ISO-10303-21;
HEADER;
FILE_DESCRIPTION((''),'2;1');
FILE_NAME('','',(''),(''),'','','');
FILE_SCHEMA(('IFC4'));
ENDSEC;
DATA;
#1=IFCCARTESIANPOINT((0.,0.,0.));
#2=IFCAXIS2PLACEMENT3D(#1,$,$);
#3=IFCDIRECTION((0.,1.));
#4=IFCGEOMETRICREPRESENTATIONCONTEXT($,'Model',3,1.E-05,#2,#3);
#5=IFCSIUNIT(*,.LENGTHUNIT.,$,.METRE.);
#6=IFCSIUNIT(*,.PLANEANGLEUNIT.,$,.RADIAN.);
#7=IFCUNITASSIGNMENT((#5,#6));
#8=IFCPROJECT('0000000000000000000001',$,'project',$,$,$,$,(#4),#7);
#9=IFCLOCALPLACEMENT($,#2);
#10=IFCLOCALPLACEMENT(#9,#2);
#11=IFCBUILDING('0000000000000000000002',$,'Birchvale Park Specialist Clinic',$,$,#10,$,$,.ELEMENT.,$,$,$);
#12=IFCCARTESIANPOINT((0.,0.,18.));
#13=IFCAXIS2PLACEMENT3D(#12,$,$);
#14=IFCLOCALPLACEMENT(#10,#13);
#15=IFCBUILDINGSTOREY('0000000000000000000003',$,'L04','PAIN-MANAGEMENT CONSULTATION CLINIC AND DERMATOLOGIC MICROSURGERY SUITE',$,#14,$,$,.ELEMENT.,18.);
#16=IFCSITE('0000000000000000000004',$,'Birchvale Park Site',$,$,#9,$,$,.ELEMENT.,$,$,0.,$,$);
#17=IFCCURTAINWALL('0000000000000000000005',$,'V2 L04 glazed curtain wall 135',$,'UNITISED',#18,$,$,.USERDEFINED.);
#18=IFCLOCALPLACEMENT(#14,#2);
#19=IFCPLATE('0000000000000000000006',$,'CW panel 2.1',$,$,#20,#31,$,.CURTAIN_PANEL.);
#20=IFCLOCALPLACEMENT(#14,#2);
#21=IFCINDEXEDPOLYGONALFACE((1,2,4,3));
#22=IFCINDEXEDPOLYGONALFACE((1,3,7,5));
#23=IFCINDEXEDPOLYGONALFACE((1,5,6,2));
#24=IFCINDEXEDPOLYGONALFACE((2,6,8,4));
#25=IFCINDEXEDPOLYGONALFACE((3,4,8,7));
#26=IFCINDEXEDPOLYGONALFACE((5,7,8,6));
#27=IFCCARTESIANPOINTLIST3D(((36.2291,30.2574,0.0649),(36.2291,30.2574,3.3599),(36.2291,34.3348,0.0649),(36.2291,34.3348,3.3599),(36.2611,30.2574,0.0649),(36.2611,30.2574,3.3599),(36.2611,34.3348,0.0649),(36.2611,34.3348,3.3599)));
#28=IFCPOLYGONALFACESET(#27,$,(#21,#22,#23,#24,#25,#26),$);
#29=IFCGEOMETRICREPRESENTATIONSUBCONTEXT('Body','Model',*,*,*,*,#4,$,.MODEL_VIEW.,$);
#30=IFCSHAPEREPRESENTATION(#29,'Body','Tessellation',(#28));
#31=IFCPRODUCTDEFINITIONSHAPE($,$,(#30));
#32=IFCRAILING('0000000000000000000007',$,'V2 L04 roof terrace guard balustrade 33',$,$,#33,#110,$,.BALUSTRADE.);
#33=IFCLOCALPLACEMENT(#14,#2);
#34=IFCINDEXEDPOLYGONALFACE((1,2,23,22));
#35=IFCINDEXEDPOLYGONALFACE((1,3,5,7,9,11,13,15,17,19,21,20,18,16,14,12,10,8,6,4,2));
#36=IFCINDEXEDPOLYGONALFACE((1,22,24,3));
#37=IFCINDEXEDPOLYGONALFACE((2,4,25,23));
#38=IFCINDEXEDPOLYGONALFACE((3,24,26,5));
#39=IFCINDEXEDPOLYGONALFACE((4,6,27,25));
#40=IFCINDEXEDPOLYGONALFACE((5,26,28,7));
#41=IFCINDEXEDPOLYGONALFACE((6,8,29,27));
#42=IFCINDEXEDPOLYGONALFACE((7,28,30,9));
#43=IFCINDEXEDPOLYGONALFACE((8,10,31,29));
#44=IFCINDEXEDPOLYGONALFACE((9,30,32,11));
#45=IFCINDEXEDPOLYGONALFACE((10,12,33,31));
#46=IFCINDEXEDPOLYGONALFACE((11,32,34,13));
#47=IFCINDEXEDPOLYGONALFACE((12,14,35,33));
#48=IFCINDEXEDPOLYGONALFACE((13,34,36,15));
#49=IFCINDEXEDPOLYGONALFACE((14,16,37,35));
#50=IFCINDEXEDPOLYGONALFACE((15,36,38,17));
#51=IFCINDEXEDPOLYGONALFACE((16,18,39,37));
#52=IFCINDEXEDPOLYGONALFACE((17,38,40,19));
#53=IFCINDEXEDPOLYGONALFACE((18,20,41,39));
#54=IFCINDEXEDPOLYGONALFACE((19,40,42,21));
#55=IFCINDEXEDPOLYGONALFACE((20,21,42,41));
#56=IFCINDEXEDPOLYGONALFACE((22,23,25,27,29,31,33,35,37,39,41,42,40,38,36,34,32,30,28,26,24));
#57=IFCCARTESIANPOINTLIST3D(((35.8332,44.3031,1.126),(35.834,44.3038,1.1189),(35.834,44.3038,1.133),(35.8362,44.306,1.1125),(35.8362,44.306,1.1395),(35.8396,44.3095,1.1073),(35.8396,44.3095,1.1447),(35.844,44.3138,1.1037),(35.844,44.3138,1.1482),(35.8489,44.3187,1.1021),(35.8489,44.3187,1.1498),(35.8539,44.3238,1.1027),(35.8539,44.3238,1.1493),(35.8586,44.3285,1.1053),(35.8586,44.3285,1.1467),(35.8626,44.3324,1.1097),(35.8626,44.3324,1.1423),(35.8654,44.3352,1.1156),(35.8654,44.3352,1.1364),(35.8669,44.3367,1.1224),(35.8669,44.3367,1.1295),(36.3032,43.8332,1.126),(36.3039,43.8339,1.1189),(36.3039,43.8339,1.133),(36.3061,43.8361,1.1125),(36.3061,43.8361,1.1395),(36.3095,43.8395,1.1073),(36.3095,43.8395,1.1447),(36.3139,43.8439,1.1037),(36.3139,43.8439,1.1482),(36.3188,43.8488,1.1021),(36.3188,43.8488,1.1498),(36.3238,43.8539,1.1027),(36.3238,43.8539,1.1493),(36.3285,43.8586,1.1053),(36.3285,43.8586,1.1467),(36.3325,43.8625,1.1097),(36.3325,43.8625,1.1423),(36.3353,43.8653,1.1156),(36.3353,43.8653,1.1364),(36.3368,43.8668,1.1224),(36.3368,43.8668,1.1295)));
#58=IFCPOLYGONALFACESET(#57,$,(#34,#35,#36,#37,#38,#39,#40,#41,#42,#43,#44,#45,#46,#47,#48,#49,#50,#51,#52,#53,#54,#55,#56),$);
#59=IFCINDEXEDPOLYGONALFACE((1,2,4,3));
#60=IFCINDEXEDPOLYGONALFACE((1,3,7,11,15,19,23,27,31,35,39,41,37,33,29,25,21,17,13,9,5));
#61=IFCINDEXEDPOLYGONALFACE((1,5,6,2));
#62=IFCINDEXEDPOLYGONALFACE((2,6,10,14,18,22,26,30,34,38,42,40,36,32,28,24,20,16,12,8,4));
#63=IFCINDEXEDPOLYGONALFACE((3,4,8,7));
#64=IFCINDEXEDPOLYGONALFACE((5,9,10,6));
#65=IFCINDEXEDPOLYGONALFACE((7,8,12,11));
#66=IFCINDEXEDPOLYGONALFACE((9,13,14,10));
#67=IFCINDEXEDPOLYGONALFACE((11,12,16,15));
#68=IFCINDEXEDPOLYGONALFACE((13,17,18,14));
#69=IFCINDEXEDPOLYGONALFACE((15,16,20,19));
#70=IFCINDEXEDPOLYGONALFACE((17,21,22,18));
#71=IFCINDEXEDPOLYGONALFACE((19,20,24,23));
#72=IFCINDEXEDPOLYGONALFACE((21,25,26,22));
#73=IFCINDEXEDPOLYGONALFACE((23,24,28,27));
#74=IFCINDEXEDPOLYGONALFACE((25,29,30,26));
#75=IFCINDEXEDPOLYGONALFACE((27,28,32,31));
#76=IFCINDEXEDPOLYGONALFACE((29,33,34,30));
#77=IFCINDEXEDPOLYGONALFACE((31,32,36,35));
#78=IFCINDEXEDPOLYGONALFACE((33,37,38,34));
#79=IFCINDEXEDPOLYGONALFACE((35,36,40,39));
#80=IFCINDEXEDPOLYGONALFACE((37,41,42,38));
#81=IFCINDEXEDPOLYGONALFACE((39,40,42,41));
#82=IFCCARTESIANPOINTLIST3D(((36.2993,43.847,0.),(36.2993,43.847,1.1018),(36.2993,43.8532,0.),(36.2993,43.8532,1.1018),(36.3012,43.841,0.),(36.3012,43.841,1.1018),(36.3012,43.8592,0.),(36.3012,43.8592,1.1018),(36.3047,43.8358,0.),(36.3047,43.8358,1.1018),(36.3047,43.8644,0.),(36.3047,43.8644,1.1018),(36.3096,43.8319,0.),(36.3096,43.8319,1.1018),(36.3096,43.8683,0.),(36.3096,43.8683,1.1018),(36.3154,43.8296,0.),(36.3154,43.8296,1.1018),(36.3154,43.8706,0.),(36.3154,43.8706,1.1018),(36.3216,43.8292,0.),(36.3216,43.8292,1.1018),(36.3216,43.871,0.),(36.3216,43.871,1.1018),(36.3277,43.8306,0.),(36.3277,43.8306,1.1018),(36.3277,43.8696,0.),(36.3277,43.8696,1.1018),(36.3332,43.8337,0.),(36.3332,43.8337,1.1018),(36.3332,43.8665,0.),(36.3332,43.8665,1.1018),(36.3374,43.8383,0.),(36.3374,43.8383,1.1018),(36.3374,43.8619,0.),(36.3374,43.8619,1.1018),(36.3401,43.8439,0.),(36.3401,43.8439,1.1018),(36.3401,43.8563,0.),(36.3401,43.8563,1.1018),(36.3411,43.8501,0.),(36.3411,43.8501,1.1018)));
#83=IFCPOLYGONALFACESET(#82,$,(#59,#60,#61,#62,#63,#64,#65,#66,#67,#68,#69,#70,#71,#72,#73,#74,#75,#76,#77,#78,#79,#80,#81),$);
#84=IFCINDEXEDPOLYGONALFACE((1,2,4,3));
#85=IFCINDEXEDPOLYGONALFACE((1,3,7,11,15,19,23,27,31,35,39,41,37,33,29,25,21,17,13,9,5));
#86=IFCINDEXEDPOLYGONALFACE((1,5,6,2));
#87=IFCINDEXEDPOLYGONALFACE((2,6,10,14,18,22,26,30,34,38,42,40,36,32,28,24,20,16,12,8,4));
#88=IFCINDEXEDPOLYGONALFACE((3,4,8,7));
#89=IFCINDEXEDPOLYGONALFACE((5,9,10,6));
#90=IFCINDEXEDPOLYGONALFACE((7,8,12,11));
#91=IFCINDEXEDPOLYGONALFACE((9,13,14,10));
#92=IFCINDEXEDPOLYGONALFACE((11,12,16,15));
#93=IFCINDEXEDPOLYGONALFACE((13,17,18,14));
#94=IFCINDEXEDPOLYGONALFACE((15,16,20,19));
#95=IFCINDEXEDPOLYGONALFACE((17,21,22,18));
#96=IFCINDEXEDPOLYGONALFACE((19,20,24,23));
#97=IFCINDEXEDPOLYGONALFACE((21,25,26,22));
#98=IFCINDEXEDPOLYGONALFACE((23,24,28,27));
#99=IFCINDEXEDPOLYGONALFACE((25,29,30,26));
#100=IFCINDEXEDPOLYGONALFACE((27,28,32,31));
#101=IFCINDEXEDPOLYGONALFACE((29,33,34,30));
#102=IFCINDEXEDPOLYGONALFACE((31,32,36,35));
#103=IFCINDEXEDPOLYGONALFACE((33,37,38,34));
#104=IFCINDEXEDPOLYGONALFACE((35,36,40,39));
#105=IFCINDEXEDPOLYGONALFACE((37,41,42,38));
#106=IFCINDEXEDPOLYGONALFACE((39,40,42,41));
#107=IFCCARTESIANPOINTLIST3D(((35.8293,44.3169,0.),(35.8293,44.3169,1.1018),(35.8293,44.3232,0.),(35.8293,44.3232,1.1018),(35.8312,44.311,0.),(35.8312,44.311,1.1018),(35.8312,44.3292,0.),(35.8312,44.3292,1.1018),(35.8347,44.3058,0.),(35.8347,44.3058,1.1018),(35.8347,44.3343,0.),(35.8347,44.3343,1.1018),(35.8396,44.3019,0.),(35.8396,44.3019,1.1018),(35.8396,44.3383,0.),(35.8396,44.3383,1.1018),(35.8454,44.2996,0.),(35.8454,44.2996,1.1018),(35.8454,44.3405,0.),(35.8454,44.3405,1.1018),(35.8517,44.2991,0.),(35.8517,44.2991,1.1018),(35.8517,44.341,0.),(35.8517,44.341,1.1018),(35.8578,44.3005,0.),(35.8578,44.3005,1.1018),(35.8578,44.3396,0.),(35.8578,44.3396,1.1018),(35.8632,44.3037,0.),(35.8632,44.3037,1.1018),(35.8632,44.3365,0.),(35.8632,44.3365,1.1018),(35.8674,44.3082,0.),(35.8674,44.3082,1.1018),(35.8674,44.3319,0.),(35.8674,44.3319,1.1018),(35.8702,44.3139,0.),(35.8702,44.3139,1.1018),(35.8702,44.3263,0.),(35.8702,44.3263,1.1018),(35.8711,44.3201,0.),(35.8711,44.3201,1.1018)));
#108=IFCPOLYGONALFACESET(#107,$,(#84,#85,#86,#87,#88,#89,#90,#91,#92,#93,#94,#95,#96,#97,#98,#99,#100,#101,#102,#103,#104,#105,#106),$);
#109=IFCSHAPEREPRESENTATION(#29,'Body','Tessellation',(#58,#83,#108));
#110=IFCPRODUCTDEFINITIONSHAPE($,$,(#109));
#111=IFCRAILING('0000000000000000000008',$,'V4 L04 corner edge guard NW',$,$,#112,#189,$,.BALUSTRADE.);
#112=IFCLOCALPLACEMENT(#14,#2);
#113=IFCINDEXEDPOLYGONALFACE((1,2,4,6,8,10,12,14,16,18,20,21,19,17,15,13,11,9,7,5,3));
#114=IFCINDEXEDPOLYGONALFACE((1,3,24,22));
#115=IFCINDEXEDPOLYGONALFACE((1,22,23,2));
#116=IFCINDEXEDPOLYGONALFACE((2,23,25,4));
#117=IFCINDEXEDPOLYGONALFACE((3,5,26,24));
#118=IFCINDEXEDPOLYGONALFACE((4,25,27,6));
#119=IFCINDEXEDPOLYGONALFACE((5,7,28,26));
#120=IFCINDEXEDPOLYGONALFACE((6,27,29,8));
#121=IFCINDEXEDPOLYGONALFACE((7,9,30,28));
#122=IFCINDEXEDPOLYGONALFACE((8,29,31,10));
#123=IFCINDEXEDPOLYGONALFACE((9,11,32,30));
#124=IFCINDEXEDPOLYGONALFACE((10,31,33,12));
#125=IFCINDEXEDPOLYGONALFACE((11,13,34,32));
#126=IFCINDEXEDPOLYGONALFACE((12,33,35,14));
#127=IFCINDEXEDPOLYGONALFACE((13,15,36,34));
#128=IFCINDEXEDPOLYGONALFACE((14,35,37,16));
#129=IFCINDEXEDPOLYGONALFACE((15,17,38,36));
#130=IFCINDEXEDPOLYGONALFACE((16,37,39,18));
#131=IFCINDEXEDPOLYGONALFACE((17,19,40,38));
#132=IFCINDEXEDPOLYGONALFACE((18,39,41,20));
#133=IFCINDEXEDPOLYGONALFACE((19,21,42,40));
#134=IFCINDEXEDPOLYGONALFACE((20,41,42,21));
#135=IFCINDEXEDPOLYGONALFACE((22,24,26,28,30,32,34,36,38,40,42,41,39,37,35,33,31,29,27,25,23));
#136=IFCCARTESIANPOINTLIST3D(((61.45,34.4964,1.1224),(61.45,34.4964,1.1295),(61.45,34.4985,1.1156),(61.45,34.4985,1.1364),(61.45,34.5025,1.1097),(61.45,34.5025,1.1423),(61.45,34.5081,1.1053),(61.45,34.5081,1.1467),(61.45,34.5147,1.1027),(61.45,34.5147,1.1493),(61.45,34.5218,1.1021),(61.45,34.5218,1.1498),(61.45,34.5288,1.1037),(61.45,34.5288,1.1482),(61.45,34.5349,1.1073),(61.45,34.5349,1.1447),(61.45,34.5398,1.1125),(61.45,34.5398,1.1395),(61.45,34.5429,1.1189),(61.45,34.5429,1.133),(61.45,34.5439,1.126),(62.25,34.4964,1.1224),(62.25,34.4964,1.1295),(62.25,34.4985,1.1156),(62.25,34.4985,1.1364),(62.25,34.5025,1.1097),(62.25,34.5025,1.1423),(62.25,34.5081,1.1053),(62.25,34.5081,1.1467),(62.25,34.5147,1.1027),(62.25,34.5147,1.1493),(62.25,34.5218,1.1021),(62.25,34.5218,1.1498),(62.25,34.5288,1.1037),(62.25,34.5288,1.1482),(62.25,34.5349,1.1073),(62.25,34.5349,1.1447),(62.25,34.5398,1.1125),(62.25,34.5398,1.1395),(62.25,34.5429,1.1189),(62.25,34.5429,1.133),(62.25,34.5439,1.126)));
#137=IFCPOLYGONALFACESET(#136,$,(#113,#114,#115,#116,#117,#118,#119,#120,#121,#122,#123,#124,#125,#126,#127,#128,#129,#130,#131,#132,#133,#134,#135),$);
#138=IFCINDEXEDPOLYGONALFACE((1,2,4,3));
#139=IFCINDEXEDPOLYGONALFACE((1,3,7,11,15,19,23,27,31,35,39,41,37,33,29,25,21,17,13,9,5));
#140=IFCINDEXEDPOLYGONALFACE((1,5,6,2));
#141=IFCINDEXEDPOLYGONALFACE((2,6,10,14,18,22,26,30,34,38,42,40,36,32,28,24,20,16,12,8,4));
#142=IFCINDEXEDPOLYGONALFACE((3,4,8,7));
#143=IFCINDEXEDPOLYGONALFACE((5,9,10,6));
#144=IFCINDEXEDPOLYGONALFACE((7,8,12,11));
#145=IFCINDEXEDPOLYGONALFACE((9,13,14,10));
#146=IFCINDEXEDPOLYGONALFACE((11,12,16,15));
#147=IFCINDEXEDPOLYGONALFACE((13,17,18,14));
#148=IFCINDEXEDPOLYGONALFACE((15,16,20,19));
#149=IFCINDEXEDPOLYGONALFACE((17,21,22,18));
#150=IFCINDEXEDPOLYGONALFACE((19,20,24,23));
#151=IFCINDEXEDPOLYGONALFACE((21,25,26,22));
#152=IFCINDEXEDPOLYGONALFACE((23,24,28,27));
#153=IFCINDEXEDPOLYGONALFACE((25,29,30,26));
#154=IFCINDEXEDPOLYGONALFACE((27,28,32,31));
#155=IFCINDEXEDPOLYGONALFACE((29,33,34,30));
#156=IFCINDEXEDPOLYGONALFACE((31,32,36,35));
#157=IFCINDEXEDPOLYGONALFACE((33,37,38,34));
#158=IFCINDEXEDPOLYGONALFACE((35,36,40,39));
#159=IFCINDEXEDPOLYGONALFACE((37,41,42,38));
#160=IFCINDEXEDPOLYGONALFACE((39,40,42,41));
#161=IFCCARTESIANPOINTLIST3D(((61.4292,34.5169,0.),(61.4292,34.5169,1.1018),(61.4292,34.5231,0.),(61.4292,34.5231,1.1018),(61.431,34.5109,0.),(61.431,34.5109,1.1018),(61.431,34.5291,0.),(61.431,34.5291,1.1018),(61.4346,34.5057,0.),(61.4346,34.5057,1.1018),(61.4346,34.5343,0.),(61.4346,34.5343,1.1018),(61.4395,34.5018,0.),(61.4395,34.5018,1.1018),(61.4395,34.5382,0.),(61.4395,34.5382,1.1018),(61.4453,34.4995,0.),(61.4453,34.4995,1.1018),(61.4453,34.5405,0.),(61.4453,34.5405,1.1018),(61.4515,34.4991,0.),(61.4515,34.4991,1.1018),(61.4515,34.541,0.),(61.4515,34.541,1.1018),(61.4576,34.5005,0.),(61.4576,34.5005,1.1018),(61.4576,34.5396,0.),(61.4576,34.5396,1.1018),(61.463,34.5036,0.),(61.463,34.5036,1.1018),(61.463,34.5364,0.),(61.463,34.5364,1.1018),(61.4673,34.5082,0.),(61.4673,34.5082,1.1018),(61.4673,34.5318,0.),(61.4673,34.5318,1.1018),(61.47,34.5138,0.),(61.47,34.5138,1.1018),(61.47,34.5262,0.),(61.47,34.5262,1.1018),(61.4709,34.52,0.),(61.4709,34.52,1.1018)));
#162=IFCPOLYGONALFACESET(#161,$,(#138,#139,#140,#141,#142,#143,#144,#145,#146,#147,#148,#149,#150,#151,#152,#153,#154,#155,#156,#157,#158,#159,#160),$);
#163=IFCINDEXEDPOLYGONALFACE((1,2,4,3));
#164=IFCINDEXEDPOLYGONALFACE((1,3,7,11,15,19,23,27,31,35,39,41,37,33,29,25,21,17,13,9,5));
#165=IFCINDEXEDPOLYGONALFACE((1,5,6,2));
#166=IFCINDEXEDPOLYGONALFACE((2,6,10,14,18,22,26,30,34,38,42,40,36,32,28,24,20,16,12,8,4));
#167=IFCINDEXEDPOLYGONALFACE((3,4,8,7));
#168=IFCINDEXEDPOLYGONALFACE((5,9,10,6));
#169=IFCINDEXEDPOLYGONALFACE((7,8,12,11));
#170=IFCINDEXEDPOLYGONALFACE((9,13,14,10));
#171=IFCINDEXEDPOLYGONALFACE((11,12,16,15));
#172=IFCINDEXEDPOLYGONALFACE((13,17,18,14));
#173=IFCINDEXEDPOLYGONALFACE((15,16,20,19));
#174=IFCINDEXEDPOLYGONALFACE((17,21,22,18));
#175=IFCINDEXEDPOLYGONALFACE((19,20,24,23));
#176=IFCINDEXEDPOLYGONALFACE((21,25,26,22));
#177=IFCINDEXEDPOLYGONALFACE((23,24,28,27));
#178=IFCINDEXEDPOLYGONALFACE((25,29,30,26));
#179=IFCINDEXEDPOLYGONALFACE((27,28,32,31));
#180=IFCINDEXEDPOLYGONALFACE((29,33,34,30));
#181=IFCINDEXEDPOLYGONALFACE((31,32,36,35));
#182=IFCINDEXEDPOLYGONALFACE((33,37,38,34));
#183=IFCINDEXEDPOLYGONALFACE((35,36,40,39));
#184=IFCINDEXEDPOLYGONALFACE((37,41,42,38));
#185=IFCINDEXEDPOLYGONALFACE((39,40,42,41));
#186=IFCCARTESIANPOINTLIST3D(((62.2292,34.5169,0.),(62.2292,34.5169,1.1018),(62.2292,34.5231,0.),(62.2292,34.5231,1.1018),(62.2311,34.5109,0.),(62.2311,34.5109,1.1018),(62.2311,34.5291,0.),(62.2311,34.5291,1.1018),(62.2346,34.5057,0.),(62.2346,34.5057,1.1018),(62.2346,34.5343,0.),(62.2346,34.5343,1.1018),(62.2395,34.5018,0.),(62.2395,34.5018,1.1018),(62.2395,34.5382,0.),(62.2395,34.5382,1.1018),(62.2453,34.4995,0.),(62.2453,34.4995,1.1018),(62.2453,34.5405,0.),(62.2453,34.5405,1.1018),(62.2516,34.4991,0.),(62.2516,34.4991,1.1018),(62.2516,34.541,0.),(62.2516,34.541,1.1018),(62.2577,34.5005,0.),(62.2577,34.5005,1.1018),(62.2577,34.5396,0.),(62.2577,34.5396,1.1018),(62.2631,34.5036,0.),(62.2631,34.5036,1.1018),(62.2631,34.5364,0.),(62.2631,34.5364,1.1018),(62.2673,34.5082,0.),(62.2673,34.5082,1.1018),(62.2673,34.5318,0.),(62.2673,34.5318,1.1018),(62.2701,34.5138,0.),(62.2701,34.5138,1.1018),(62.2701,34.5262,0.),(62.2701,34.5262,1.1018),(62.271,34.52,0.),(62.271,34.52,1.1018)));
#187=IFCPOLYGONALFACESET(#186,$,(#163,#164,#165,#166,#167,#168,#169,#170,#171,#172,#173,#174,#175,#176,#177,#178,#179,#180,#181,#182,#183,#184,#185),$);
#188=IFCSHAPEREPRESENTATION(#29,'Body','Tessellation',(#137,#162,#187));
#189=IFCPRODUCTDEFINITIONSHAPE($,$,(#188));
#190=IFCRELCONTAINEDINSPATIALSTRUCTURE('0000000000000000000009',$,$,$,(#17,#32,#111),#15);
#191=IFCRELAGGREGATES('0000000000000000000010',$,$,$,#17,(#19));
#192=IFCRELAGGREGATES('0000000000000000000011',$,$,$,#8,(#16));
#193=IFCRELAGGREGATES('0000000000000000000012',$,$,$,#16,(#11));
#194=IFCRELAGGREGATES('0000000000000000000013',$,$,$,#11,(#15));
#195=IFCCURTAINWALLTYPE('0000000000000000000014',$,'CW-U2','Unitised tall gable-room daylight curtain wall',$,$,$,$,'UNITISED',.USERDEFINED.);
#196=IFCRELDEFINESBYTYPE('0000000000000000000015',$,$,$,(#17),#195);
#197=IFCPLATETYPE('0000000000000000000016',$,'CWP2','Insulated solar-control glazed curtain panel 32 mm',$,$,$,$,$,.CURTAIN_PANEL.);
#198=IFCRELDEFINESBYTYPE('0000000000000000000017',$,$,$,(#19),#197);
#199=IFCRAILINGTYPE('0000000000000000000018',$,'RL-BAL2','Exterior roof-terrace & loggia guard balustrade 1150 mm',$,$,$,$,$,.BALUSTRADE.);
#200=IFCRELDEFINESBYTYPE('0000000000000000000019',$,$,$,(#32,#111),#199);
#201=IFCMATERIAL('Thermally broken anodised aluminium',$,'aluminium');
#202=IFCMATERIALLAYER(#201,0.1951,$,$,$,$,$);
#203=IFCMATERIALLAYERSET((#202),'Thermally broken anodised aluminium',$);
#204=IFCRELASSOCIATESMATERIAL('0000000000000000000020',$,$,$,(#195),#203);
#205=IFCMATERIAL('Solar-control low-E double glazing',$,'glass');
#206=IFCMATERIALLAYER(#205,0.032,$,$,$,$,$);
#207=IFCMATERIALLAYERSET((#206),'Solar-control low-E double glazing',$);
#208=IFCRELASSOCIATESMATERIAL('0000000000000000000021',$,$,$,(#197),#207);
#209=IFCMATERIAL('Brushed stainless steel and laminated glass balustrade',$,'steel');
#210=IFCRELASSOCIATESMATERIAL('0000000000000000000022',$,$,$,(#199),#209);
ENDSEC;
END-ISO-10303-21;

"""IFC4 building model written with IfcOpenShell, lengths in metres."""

from ifc_helpers import new_model, si_unit, direction, frame, origin, origin_2d, place, context, subcontext, project, spatial, rectangle, circle, extrude, material, layer, layer_set, type_object, element, aggregate, save


model = new_model("IFC4")

# Units and contexts
model_context = context("Model", 3, precision=1e-05, world=origin(), true_north=direction((0.0, 1.0)))
body_context = subcontext(model_context, "Body", "Model", "MODEL_VIEW")
ifc_project = project(units=[si_unit("LENGTHUNIT", "METRE"), si_unit("PLANEANGLEUNIT", "RADIAN")], contexts=[model_context])

# Site, building, storey
site_placement = place(None, origin())
site = spatial("IfcSite", under=ifc_project, at=site_placement, Name="Birchvale Park Site", CompositionType="ELEMENT", RefElevation=0.0)
building_placement = place(site_placement, origin())
building = spatial("IfcBuilding", under=site, at=building_placement, Name="Birchvale Park Specialist Clinic", CompositionType="ELEMENT")
storey_placement = place(building_placement, frame((0.0, 0.0, 18.0)))
storey = spatial("IfcBuildingStorey", under=building, at=storey_placement, Name="L04", Description="PAIN-MANAGEMENT CONSULTATION CLINIC AND DERMATOLOGIC MICROSURGERY SUITE", CompositionType="ELEMENT", Elevation=18.0)

# Curtain wall
ifc_material_1 = material(Name="Thermally broken anodised aluminium", Category="aluminium")
ifc_layer_1 = layer(ifc_material_1, 0.1951)
ifc_layer_set_1 = layer_set([ifc_layer_1], Name="Thermally broken anodised aluminium")
curtain_wall_type = type_object("IfcCurtainWallType", Name="CW-U2", Description="Unitised tall gable-room daylight curtain wall", ElementType="UNITISED", PredefinedType="USERDEFINED", material=ifc_layer_set_1)
curtain_wall_1_placement = place(storey_placement, origin())
curtain_wall_1 = element("IfcCurtainWall", 1, at=curtain_wall_1_placement, inside=storey, type_object=curtain_wall_type, Name="V2 L04 glazed curtain wall 135", ObjectType="UNITISED", PredefinedType="USERDEFINED")

# Plate
ifc_material_2 = material(Name="Solar-control low-E double glazing", Category="glass")
ifc_layer_2 = layer(ifc_material_2, 0.032)
ifc_layer_set_2 = layer_set([ifc_layer_2], Name="Solar-control low-E double glazing")
plate_type = type_object("IfcPlateType", Name="CWP2", Description="Insulated solar-control glazed curtain panel 32 mm", PredefinedType="CURTAIN_PANEL", material=ifc_layer_set_2)
plate_1_placement = place(storey_placement, frame((36.2451, 32.2961, 0.0649), z_axis=(0.0, 0.0, 1.0), x_axis=(0.0, 1.0, 0.0)))
plate_1 = element("IfcPlate", 2, at=plate_1_placement, type_object=plate_type, Name="CW panel 2.1", PredefinedType="CURTAIN_PANEL", context=body_context, shape_type="SweptSolid", body=[
    extrude(rectangle(XDim=4.0774, YDim=0.032, at=origin_2d()), origin(), (0.0, 0.0, 1.0), 3.2949),
])
aggregate(curtain_wall_1, [plate_1])

# Railings
ifc_material_3 = material(Name="Brushed stainless steel and laminated glass balustrade", Category="steel")
railing_type = type_object("IfcRailingType", Name="RL-BAL2", Description="Exterior roof-terrace & loggia guard balustrade 1150 mm", PredefinedType="BALUSTRADE", material=ifc_material_3)
railing_1_placement = place(storey_placement, frame((36.3201, 43.8501, 0.0)))
element("IfcRailing", 3, at=railing_1_placement, inside=storey, type_object=railing_type, Name="V2 L04 roof terrace guard balustrade 33", PredefinedType="BALUSTRADE", context=body_context, shape_type="SweptSolid", body=[
    extrude(circle(Radius=0.0239, at=origin_2d()), frame((0.0, 0.0, 1.126), z_axis=(-0.707107, 0.707107, 0.0), x_axis=(-0.707107, -0.707107, 0.0)), (0.0, 0.0, 1.0), 0.6646),
    extrude(circle(Radius=0.021, at=origin_2d()), origin(), (0.0, 0.0, 1.0), 1.1018),
    extrude(circle(Radius=0.021, at=origin_2d()), frame((-0.47, 0.47, 0.0)), (0.0, 0.0, 1.0), 1.1018),
])
railing_2_placement = place(storey_placement, frame((61.45, 34.52, 0.0)))
element("IfcRailing", 4, at=railing_2_placement, inside=storey, type_object=railing_type, Name="V4 L04 corner edge guard NW", PredefinedType="BALUSTRADE", context=body_context, shape_type="SweptSolid", body=[
    extrude(circle(Radius=0.0239, at=origin_2d()), frame((0.0, 0.0, 1.126), z_axis=(1.0, 0.0, 0.0), x_axis=(0.0, 1.0, 0.0)), (0.0, 0.0, 1.0), 0.8),
    extrude(circle(Radius=0.021, at=origin_2d()), origin(), (0.0, 0.0, 1.0), 1.1018),
    extrude(circle(Radius=0.021, at=origin_2d()), frame((0.8, 0.0, 0.0)), (0.0, 0.0, 1.0), 1.1018),
])

save(model, "model.ifc")
